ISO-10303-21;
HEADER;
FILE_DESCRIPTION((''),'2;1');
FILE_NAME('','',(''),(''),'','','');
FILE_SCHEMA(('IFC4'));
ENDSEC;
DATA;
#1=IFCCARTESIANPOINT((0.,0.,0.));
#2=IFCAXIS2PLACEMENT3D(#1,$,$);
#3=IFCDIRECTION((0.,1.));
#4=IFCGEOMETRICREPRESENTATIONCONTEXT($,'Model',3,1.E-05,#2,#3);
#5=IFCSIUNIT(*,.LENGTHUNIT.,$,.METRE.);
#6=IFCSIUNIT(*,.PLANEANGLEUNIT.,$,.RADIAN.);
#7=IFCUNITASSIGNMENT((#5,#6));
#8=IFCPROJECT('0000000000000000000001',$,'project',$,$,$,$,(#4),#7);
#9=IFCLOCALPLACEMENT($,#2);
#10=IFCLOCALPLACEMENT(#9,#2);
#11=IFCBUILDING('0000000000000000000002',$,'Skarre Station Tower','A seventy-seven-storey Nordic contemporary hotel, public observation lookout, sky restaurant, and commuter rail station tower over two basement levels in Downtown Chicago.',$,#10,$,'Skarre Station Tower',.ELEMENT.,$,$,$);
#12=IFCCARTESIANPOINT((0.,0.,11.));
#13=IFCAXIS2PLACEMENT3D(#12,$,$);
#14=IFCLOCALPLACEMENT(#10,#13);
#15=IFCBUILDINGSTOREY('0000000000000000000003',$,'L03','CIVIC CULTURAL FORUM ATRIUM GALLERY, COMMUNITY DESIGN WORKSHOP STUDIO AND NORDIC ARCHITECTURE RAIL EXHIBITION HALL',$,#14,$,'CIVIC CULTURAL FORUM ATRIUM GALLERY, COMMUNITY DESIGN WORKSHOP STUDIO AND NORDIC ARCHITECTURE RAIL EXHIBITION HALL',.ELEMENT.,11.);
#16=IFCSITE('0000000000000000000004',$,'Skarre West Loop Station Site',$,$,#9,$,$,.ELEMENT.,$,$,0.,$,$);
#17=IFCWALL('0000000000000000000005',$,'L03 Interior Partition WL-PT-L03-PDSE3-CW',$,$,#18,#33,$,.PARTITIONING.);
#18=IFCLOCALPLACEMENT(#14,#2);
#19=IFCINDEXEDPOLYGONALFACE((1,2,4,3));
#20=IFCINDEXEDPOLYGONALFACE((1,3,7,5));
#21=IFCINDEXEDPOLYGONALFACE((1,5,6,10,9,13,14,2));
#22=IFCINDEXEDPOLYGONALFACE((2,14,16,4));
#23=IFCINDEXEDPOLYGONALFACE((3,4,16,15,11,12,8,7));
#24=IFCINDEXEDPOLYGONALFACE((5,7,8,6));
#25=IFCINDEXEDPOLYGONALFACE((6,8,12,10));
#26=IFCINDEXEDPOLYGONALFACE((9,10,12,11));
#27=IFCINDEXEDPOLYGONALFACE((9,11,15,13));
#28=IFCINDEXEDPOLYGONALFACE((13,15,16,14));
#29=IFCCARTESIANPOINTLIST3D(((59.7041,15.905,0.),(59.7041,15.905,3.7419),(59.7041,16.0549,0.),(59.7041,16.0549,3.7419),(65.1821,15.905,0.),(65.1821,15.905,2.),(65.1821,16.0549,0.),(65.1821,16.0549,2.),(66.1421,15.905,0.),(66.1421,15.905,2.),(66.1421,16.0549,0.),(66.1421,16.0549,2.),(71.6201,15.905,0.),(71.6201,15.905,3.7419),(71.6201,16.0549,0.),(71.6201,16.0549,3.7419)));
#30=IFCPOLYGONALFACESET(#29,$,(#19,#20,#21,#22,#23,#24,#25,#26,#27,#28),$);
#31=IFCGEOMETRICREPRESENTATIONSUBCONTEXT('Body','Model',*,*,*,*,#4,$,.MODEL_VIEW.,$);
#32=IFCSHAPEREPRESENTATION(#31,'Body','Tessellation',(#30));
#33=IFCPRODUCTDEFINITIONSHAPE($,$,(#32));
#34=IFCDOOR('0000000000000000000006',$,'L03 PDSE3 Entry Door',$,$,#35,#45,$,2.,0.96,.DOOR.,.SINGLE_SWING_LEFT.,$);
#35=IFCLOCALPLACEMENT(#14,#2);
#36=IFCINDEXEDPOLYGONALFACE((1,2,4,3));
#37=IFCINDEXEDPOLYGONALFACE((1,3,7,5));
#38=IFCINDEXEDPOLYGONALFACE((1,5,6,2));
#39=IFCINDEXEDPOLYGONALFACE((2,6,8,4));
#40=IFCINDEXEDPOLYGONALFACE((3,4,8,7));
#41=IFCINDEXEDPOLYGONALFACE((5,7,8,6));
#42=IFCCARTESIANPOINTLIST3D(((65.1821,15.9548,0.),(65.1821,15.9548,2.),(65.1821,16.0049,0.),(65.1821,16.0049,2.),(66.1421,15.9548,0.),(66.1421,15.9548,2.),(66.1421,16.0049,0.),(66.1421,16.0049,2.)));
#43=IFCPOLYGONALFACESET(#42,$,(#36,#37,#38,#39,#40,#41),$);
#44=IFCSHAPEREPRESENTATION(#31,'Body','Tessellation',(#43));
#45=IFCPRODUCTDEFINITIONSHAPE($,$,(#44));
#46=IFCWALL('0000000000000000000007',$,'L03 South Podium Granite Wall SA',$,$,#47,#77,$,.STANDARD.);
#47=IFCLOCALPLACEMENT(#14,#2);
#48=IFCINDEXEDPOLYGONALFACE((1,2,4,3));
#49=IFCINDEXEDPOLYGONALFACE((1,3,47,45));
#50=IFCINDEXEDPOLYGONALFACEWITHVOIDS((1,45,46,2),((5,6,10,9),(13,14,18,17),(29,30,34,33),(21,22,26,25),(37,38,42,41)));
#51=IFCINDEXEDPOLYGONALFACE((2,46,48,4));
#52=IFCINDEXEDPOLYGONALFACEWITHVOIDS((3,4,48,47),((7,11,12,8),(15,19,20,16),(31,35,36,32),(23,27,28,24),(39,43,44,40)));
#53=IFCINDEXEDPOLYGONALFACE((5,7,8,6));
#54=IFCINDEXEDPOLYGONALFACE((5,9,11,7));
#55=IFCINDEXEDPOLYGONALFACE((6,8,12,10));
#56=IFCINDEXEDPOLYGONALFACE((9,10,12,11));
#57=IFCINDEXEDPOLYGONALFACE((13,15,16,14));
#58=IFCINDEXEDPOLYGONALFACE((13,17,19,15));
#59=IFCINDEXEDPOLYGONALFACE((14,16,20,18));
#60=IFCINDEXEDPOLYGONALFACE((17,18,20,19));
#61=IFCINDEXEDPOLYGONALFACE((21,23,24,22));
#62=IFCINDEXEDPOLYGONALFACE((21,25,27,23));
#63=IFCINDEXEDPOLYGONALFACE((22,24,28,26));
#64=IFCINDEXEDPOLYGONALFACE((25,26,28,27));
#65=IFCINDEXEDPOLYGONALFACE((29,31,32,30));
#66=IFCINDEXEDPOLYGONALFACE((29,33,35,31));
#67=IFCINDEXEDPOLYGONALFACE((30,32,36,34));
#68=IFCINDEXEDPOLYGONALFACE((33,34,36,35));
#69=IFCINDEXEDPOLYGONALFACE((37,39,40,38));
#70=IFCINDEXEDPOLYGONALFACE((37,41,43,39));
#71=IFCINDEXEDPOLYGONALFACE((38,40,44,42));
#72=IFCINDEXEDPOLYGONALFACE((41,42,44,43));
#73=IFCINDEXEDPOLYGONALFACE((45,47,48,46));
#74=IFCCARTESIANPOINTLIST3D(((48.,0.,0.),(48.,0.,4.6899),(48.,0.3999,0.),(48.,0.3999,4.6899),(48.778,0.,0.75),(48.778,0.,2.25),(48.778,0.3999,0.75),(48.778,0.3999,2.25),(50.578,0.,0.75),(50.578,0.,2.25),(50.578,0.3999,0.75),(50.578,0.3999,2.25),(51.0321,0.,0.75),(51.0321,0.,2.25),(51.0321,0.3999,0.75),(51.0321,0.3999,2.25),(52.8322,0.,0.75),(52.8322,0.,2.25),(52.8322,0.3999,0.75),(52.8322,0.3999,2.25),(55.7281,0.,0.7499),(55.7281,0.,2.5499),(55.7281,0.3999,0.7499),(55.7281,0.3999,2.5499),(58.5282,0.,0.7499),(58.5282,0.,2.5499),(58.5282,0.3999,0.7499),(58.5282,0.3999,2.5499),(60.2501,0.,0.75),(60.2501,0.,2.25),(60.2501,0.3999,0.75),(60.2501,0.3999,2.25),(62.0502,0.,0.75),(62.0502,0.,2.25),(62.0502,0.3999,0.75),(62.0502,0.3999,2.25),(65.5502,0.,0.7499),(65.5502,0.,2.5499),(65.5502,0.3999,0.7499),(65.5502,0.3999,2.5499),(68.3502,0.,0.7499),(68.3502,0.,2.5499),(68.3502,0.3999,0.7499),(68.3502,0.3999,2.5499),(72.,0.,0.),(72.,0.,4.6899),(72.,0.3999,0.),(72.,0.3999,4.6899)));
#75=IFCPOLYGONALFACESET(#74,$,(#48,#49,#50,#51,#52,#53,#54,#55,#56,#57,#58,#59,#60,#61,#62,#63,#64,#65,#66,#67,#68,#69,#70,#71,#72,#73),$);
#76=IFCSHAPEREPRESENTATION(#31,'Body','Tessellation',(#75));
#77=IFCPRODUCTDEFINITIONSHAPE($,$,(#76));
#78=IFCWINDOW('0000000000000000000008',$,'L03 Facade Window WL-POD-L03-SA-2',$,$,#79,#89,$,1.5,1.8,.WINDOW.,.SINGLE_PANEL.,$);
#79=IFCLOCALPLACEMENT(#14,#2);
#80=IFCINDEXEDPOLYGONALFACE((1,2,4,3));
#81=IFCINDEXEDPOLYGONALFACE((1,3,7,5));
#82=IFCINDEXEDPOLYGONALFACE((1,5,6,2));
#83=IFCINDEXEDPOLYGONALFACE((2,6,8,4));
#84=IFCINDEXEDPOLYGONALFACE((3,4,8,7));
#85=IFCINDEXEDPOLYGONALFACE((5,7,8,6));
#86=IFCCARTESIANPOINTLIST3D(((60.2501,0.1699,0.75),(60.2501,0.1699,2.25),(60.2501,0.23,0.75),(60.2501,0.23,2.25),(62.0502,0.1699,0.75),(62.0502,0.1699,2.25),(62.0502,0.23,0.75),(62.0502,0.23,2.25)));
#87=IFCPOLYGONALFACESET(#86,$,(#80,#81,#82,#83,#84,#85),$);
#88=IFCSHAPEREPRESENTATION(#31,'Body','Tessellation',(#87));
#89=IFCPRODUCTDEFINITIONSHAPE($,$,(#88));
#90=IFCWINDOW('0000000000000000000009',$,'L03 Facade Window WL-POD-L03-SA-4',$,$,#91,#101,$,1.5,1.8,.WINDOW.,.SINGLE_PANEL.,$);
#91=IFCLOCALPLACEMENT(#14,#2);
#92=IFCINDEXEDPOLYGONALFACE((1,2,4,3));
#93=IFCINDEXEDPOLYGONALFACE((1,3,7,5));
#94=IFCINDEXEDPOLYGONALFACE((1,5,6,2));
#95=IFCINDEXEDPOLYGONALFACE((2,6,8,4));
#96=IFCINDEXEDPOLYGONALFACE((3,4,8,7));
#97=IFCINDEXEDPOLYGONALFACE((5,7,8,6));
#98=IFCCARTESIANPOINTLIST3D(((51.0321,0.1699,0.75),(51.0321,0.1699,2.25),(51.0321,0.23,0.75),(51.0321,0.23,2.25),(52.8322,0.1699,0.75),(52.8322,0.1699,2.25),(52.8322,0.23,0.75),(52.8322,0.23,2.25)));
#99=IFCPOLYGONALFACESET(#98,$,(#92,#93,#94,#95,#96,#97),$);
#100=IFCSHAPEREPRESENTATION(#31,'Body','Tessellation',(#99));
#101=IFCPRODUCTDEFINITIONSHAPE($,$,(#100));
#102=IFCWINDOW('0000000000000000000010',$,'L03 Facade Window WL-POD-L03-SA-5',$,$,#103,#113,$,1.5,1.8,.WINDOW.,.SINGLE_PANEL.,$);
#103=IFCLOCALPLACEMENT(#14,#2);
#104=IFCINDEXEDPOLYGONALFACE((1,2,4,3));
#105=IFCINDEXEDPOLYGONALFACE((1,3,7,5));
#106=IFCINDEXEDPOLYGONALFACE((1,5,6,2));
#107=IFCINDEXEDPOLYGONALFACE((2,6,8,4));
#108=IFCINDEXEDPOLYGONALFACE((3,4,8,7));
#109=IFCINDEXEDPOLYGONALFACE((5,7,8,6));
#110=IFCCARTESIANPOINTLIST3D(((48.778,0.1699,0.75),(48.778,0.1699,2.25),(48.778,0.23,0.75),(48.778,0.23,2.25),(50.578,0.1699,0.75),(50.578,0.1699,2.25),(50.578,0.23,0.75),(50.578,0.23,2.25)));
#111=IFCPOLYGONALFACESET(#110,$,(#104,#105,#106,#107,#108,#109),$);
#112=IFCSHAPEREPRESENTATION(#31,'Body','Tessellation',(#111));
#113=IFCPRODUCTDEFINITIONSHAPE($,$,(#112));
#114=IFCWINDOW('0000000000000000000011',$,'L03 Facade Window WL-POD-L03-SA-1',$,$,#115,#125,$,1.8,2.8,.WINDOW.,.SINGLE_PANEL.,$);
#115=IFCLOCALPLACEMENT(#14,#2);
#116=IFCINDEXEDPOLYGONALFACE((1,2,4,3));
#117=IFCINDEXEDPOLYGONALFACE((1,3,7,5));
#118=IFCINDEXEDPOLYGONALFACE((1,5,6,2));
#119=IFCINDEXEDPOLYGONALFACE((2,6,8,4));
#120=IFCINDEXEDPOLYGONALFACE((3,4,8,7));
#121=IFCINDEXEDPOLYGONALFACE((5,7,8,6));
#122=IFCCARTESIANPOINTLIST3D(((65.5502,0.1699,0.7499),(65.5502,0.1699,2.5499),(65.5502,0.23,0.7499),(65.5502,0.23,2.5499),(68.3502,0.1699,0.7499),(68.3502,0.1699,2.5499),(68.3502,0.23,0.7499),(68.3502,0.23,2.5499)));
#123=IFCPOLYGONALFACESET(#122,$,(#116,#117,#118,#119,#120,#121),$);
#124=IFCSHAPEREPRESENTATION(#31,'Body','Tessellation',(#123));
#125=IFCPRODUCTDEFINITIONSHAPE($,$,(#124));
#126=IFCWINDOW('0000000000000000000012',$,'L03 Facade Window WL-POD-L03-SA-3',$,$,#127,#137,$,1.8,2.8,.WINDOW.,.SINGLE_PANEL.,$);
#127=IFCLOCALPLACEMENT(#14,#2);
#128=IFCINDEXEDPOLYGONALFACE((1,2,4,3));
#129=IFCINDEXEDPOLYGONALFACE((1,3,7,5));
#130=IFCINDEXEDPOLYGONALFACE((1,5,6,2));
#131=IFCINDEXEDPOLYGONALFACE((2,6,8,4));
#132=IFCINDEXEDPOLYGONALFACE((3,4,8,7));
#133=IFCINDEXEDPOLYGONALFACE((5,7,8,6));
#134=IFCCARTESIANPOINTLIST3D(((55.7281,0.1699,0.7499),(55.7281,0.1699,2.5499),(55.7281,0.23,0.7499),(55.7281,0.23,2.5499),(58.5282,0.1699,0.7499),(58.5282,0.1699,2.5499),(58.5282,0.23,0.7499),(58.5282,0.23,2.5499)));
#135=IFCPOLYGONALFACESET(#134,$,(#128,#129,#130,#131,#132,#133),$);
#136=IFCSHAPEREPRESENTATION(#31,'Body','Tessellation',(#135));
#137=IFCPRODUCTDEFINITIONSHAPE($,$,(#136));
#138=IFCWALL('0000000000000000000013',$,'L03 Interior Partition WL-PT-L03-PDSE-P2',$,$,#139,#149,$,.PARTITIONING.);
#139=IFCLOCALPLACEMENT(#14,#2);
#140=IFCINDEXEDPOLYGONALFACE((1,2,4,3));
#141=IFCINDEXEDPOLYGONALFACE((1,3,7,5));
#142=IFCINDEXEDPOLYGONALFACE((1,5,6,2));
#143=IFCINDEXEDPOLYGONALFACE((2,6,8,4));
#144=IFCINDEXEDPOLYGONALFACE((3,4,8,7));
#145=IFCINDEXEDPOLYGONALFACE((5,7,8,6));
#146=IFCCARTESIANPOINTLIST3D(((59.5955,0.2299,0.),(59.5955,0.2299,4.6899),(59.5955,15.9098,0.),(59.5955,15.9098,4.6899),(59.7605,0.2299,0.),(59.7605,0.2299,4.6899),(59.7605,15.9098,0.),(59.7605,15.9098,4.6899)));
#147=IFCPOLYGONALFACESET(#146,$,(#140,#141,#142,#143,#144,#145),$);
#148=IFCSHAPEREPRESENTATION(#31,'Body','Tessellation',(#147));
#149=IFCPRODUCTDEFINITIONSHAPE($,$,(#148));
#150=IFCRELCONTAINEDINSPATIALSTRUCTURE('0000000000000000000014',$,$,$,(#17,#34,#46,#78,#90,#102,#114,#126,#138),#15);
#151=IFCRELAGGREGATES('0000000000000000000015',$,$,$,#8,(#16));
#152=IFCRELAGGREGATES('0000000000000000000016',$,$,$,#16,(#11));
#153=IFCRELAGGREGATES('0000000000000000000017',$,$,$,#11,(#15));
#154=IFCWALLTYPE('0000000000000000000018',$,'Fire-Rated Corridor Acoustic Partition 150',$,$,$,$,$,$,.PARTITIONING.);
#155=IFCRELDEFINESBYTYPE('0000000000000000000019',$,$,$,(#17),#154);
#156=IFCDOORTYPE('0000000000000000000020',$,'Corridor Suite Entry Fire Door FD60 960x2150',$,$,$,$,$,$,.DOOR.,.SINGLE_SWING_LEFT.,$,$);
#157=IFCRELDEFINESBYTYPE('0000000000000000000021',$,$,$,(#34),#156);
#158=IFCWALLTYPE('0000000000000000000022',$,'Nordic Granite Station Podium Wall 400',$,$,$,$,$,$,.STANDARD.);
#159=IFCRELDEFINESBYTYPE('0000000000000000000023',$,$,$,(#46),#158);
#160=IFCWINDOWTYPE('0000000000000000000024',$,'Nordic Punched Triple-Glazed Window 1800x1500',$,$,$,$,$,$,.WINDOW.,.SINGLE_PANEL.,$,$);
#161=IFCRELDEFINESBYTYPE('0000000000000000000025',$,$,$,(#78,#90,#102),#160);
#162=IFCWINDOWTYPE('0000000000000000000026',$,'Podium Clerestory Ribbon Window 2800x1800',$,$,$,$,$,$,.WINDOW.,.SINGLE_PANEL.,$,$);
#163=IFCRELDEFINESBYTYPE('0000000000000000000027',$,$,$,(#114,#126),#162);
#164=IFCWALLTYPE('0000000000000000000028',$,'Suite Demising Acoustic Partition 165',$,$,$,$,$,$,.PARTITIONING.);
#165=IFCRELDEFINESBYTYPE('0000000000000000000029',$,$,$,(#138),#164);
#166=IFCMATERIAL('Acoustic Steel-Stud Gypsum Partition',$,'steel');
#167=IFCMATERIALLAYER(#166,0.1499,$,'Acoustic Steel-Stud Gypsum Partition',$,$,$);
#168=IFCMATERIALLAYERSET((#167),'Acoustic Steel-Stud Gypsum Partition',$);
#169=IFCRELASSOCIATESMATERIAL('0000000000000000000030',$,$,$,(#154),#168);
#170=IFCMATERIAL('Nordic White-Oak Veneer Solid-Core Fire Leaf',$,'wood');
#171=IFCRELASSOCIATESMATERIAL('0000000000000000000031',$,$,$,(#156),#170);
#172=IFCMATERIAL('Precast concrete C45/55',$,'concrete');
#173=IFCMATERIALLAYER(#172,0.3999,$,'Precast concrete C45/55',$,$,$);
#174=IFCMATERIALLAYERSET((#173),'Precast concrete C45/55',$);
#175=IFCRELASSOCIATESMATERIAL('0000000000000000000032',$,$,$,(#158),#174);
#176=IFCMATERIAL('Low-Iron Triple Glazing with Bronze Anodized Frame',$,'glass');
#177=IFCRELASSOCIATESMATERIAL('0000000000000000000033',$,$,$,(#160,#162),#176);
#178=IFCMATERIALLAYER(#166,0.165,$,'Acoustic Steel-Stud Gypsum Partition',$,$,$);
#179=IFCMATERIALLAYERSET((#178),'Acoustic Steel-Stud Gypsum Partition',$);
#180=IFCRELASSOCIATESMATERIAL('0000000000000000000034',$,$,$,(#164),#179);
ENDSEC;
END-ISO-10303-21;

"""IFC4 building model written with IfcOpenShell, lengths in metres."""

from ifc_helpers import new_model, si_unit, direction, frame, frame_2d, origin, place, context, subcontext, project, spatial, rectangle, extrude, material, layer, layer_set, type_object, element, fill, save


model = new_model("IFC4")

# Units and contexts
model_context = context("Model", 3, precision=1e-05, world=origin(), true_north=direction((0.0, 1.0)))
body_context = subcontext(model_context, "Body", "Model", "MODEL_VIEW")
ifc_project = project(units=[si_unit("LENGTHUNIT", "METRE"), si_unit("PLANEANGLEUNIT", "RADIAN")], contexts=[model_context])

# Site, building, storey
site_placement = place(None, origin())
site = spatial("IfcSite", under=ifc_project, at=site_placement, Name="Skarre West Loop Station Site", CompositionType="ELEMENT", RefElevation=0.0)
building_placement = place(site_placement, origin())
building = spatial("IfcBuilding", under=site, at=building_placement, Name="Skarre Station Tower", Description="A seventy-seven-storey Nordic contemporary hotel, public observation lookout, sky restaurant, and commuter rail station tower over two basement levels in Downtown Chicago.", LongName="Skarre Station Tower", CompositionType="ELEMENT")
storey_placement = place(building_placement, frame((0.0, 0.0, 11.0)))
storey = spatial("IfcBuildingStorey", under=building, at=storey_placement, Name="L03", Description="CIVIC CULTURAL FORUM ATRIUM GALLERY, COMMUNITY DESIGN WORKSHOP STUDIO AND NORDIC ARCHITECTURE RAIL EXHIBITION HALL", LongName="CIVIC CULTURAL FORUM ATRIUM GALLERY, COMMUNITY DESIGN WORKSHOP STUDIO AND NORDIC ARCHITECTURE RAIL EXHIBITION HALL", CompositionType="ELEMENT", Elevation=11.0)

# Wall, opening, door
ifc_material_1 = material(Name="Acoustic Steel-Stud Gypsum Partition", Category="steel")
ifc_layer_1 = layer(ifc_material_1, 0.1499, Name="Acoustic Steel-Stud Gypsum Partition")
ifc_layer_set_1 = layer_set([ifc_layer_1], Name="Acoustic Steel-Stud Gypsum Partition")
wall_type_1 = type_object("IfcWallType", Name="Fire-Rated Corridor Acoustic Partition 150", PredefinedType="PARTITIONING", material=ifc_layer_set_1)
wall_1_placement = place(storey_placement, frame((59.7041, 15.98, 0.0), z_axis=(0.0, 0.0, 1.0), x_axis=(1.0, 0.0, 0.0)))
wall_1 = element("IfcWall", 1, at=wall_1_placement, inside=storey, type_object=wall_type_1, Name="L03 Interior Partition WL-PT-L03-PDSE3-CW", PredefinedType="PARTITIONING", context=body_context, shape_type="SweptSolid", body=[
    extrude(rectangle(XDim=11.916, YDim=0.1499, at=frame_2d((5.958, 0.0))), origin(), (0.0, 0.0, 1.0), 3.7419),
])
opening_1_placement = place(wall_1_placement, frame((5.478, 0.0, 0.0)))
opening_1 = element("IfcOpeningElement", 2, at=opening_1_placement, cuts=wall_1, PredefinedType="OPENING", context=body_context, shape_type="SweptSolid", body=[
    extrude(rectangle(XDim=0.96, YDim=2.0, at=frame_2d((0.48, 1.0))), frame((0.0, 0.085, 0.0), z_axis=(0.0, -1.0, 0.0), x_axis=(1.0, 0.0, 0.0)), (0.0, 0.0, 1.0), 0.1699),
])
ifc_material_2 = material(Name="Nordic White-Oak Veneer Solid-Core Fire Leaf", Category="wood")
door_type = type_object("IfcDoorType", Name="Corridor Suite Entry Fire Door FD60 960x2150", OperationType="SINGLE_SWING_LEFT", PredefinedType="DOOR", material=ifc_material_2)
door_placement = place(opening_1_placement, origin())
door = element("IfcDoor", 3, at=door_placement, inside=storey, type_object=door_type, Name="L03 PDSE3 Entry Door", OperationType="SINGLE_SWING_LEFT", OverallHeight=2.0, OverallWidth=0.96, PredefinedType="DOOR", context=body_context, shape_type="SweptSolid", body=[
    extrude(rectangle(XDim=0.96, YDim=2.0, at=frame_2d((0.48, 1.0))), frame((0.0, 0.0249, 0.0), z_axis=(0.0, -1.0, 0.0), x_axis=(1.0, 0.0, 0.0)), (0.0, 0.0, 1.0), 0.05),
])
fill(opening_1, door)

# Wall, openings, windows
ifc_material_3 = material(Name="Precast concrete C45/55", Category="concrete")
ifc_layer_2 = layer(ifc_material_3, 0.3999, Name="Precast concrete C45/55")
ifc_layer_set_2 = layer_set([ifc_layer_2], Name="Precast concrete C45/55")
wall_type_2 = type_object("IfcWallType", Name="Nordic Granite Station Podium Wall 400", PredefinedType="STANDARD", material=ifc_layer_set_2)
wall_2_placement = place(storey_placement, frame((72.0, 0.2, 0.0), z_axis=(0.0, 0.0, 1.0), x_axis=(-1.0, 0.0, 0.0)))
wall_2 = element("IfcWall", 4, at=wall_2_placement, inside=storey, type_object=wall_type_2, Name="L03 South Podium Granite Wall SA", PredefinedType="STANDARD", context=body_context, shape_type="SweptSolid", body=[
    extrude(rectangle(XDim=24.0, YDim=0.3999, at=frame_2d((12.0, 0.0))), origin(), (0.0, 0.0, 1.0), 4.6899),
])
opening_2_placement = place(wall_2_placement, frame((3.6499, 0.0, 0.75)))
opening_2 = element("IfcOpeningElement", 5, at=opening_2_placement, cuts=wall_2, PredefinedType="OPENING", context=body_context, shape_type="SweptSolid", body=[
    extrude(rectangle(XDim=2.8, YDim=1.8, at=frame_2d((1.3999, 0.8999))), frame((0.0, 0.21, 0.0), z_axis=(0.0, -1.0, 0.0), x_axis=(1.0, 0.0, 0.0)), (0.0, 0.0, 1.0), 0.4199),
])
opening_3_placement = place(wall_2_placement, frame((9.95, 0.0, 0.75)))
opening_3 = element("IfcOpeningElement", 6, at=opening_3_placement, cuts=wall_2, PredefinedType="OPENING", context=body_context, shape_type="SweptSolid", body=[
    extrude(rectangle(XDim=1.8, YDim=1.5, at=frame_2d((0.8999, 0.75))), frame((0.0, 0.21, 0.0), z_axis=(0.0, -1.0, 0.0), x_axis=(1.0, 0.0, 0.0)), (0.0, 0.0, 1.0), 0.4199),
])
opening_4_placement = place(wall_2_placement, frame((13.4719, 0.0, 0.75)))
opening_4 = element("IfcOpeningElement", 7, at=opening_4_placement, cuts=wall_2, PredefinedType="OPENING", context=body_context, shape_type="SweptSolid", body=[
    extrude(rectangle(XDim=2.8, YDim=1.8, at=frame_2d((1.3999, 0.8999))), frame((0.0, 0.21, 0.0), z_axis=(0.0, -1.0, 0.0), x_axis=(1.0, 0.0, 0.0)), (0.0, 0.0, 1.0), 0.4199),
])
opening_5_placement = place(wall_2_placement, frame((19.168, 0.0, 0.75)))
opening_5 = element("IfcOpeningElement", 8, at=opening_5_placement, cuts=wall_2, PredefinedType="OPENING", context=body_context, shape_type="SweptSolid", body=[
    extrude(rectangle(XDim=1.8, YDim=1.5, at=frame_2d((0.8999, 0.75))), frame((0.0, 0.21, 0.0), z_axis=(0.0, -1.0, 0.0), x_axis=(1.0, 0.0, 0.0)), (0.0, 0.0, 1.0), 0.4199),
])
opening_6_placement = place(wall_2_placement, frame((21.4221, 0.0, 0.75)))
opening_6 = element("IfcOpeningElement", 9, at=opening_6_placement, cuts=wall_2, PredefinedType="OPENING", context=body_context, shape_type="SweptSolid", body=[
    extrude(rectangle(XDim=1.8, YDim=1.5, at=frame_2d((0.8999, 0.75))), frame((0.0, 0.21, 0.0), z_axis=(0.0, -1.0, 0.0), x_axis=(1.0, 0.0, 0.0)), (0.0, 0.0, 1.0), 0.4199),
])
ifc_material_4 = material(Name="Low-Iron Triple Glazing with Bronze Anodized Frame", Category="glass")
window_type_1 = type_object("IfcWindowType", Name="Nordic Punched Triple-Glazed Window 1800x1500", PartitioningType="SINGLE_PANEL", PredefinedType="WINDOW", material=ifc_material_4)
window_1_placement = place(opening_3_placement, origin())
window_1 = element("IfcWindow", 10, at=window_1_placement, inside=storey, type_object=window_type_1, Name="L03 Facade Window WL-POD-L03-SA-2", OverallHeight=1.5, OverallWidth=1.8, PartitioningType="SINGLE_PANEL", PredefinedType="WINDOW", context=body_context, shape_type="SweptSolid", body=[
    extrude(rectangle(XDim=1.8, YDim=1.5, at=frame_2d((0.8999, 0.75))), frame((0.0, 0.03, 0.0), z_axis=(0.0, -1.0, 0.0), x_axis=(1.0, 0.0, 0.0)), (0.0, 0.0, 1.0), 0.0601),
])
fill(opening_3, window_1)
window_2_placement = place(opening_5_placement, origin())
window_2 = element("IfcWindow", 11, at=window_2_placement, inside=storey, type_object=window_type_1, Name="L03 Facade Window WL-POD-L03-SA-4", OverallHeight=1.5, OverallWidth=1.8, PartitioningType="SINGLE_PANEL", PredefinedType="WINDOW", context=body_context, shape_type="SweptSolid", body=[
    extrude(rectangle(XDim=1.8, YDim=1.5, at=frame_2d((0.8999, 0.75))), frame((0.0, 0.03, 0.0), z_axis=(0.0, -1.0, 0.0), x_axis=(1.0, 0.0, 0.0)), (0.0, 0.0, 1.0), 0.0601),
])
fill(opening_5, window_2)
window_3_placement = place(opening_6_placement, origin())
window_3 = element("IfcWindow", 12, at=window_3_placement, inside=storey, type_object=window_type_1, Name="L03 Facade Window WL-POD-L03-SA-5", OverallHeight=1.5, OverallWidth=1.8, PartitioningType="SINGLE_PANEL", PredefinedType="WINDOW", context=body_context, shape_type="SweptSolid", body=[
    extrude(rectangle(XDim=1.8, YDim=1.5, at=frame_2d((0.8999, 0.75))), frame((0.0, 0.03, 0.0), z_axis=(0.0, -1.0, 0.0), x_axis=(1.0, 0.0, 0.0)), (0.0, 0.0, 1.0), 0.0601),
])
fill(opening_6, window_3)
window_type_2 = type_object("IfcWindowType", Name="Podium Clerestory Ribbon Window 2800x1800", PartitioningType="SINGLE_PANEL", PredefinedType="WINDOW", material=ifc_material_4)
window_4_placement = place(opening_2_placement, origin())
window_4 = element("IfcWindow", 13, at=window_4_placement, inside=storey, type_object=window_type_2, Name="L03 Facade Window WL-POD-L03-SA-1", OverallHeight=1.8, OverallWidth=2.8, PartitioningType="SINGLE_PANEL", PredefinedType="WINDOW", context=body_context, shape_type="SweptSolid", body=[
    extrude(rectangle(XDim=2.8, YDim=1.8, at=frame_2d((1.3999, 0.8999))), frame((0.0, 0.03, 0.0), z_axis=(0.0, -1.0, 0.0), x_axis=(1.0, 0.0, 0.0)), (0.0, 0.0, 1.0), 0.0601),
])
fill(opening_2, window_4)
window_5_placement = place(opening_4_placement, origin())
window_5 = element("IfcWindow", 14, at=window_5_placement, inside=storey, type_object=window_type_2, Name="L03 Facade Window WL-POD-L03-SA-3", OverallHeight=1.8, OverallWidth=2.8, PartitioningType="SINGLE_PANEL", PredefinedType="WINDOW", context=body_context, shape_type="SweptSolid", body=[
    extrude(rectangle(XDim=2.8, YDim=1.8, at=frame_2d((1.3999, 0.8999))), frame((0.0, 0.03, 0.0), z_axis=(0.0, -1.0, 0.0), x_axis=(1.0, 0.0, 0.0)), (0.0, 0.0, 1.0), 0.0601),
])
fill(opening_4, window_5)

# Wall
ifc_layer_3 = layer(ifc_material_1, 0.165, Name="Acoustic Steel-Stud Gypsum Partition")
ifc_layer_set_3 = layer_set([ifc_layer_3], Name="Acoustic Steel-Stud Gypsum Partition")
wall_type_3 = type_object("IfcWallType", Name="Suite Demising Acoustic Partition 165", PredefinedType="PARTITIONING", material=ifc_layer_set_3)
wall_3_placement = place(storey_placement, frame((59.678, 0.23, 0.0), z_axis=(0.0, 0.0, 1.0), x_axis=(0.0, 1.0, 0.0)))
element("IfcWall", 15, at=wall_3_placement, inside=storey, type_object=wall_type_3, Name="L03 Interior Partition WL-PT-L03-PDSE-P2", PredefinedType="PARTITIONING", context=body_context, shape_type="SweptSolid", body=[
    extrude(rectangle(XDim=15.6799, YDim=0.165, at=frame_2d((7.8398, 0.0))), origin(), (0.0, 0.0, 1.0), 4.6899),
])

save(model, "model.ifc")
